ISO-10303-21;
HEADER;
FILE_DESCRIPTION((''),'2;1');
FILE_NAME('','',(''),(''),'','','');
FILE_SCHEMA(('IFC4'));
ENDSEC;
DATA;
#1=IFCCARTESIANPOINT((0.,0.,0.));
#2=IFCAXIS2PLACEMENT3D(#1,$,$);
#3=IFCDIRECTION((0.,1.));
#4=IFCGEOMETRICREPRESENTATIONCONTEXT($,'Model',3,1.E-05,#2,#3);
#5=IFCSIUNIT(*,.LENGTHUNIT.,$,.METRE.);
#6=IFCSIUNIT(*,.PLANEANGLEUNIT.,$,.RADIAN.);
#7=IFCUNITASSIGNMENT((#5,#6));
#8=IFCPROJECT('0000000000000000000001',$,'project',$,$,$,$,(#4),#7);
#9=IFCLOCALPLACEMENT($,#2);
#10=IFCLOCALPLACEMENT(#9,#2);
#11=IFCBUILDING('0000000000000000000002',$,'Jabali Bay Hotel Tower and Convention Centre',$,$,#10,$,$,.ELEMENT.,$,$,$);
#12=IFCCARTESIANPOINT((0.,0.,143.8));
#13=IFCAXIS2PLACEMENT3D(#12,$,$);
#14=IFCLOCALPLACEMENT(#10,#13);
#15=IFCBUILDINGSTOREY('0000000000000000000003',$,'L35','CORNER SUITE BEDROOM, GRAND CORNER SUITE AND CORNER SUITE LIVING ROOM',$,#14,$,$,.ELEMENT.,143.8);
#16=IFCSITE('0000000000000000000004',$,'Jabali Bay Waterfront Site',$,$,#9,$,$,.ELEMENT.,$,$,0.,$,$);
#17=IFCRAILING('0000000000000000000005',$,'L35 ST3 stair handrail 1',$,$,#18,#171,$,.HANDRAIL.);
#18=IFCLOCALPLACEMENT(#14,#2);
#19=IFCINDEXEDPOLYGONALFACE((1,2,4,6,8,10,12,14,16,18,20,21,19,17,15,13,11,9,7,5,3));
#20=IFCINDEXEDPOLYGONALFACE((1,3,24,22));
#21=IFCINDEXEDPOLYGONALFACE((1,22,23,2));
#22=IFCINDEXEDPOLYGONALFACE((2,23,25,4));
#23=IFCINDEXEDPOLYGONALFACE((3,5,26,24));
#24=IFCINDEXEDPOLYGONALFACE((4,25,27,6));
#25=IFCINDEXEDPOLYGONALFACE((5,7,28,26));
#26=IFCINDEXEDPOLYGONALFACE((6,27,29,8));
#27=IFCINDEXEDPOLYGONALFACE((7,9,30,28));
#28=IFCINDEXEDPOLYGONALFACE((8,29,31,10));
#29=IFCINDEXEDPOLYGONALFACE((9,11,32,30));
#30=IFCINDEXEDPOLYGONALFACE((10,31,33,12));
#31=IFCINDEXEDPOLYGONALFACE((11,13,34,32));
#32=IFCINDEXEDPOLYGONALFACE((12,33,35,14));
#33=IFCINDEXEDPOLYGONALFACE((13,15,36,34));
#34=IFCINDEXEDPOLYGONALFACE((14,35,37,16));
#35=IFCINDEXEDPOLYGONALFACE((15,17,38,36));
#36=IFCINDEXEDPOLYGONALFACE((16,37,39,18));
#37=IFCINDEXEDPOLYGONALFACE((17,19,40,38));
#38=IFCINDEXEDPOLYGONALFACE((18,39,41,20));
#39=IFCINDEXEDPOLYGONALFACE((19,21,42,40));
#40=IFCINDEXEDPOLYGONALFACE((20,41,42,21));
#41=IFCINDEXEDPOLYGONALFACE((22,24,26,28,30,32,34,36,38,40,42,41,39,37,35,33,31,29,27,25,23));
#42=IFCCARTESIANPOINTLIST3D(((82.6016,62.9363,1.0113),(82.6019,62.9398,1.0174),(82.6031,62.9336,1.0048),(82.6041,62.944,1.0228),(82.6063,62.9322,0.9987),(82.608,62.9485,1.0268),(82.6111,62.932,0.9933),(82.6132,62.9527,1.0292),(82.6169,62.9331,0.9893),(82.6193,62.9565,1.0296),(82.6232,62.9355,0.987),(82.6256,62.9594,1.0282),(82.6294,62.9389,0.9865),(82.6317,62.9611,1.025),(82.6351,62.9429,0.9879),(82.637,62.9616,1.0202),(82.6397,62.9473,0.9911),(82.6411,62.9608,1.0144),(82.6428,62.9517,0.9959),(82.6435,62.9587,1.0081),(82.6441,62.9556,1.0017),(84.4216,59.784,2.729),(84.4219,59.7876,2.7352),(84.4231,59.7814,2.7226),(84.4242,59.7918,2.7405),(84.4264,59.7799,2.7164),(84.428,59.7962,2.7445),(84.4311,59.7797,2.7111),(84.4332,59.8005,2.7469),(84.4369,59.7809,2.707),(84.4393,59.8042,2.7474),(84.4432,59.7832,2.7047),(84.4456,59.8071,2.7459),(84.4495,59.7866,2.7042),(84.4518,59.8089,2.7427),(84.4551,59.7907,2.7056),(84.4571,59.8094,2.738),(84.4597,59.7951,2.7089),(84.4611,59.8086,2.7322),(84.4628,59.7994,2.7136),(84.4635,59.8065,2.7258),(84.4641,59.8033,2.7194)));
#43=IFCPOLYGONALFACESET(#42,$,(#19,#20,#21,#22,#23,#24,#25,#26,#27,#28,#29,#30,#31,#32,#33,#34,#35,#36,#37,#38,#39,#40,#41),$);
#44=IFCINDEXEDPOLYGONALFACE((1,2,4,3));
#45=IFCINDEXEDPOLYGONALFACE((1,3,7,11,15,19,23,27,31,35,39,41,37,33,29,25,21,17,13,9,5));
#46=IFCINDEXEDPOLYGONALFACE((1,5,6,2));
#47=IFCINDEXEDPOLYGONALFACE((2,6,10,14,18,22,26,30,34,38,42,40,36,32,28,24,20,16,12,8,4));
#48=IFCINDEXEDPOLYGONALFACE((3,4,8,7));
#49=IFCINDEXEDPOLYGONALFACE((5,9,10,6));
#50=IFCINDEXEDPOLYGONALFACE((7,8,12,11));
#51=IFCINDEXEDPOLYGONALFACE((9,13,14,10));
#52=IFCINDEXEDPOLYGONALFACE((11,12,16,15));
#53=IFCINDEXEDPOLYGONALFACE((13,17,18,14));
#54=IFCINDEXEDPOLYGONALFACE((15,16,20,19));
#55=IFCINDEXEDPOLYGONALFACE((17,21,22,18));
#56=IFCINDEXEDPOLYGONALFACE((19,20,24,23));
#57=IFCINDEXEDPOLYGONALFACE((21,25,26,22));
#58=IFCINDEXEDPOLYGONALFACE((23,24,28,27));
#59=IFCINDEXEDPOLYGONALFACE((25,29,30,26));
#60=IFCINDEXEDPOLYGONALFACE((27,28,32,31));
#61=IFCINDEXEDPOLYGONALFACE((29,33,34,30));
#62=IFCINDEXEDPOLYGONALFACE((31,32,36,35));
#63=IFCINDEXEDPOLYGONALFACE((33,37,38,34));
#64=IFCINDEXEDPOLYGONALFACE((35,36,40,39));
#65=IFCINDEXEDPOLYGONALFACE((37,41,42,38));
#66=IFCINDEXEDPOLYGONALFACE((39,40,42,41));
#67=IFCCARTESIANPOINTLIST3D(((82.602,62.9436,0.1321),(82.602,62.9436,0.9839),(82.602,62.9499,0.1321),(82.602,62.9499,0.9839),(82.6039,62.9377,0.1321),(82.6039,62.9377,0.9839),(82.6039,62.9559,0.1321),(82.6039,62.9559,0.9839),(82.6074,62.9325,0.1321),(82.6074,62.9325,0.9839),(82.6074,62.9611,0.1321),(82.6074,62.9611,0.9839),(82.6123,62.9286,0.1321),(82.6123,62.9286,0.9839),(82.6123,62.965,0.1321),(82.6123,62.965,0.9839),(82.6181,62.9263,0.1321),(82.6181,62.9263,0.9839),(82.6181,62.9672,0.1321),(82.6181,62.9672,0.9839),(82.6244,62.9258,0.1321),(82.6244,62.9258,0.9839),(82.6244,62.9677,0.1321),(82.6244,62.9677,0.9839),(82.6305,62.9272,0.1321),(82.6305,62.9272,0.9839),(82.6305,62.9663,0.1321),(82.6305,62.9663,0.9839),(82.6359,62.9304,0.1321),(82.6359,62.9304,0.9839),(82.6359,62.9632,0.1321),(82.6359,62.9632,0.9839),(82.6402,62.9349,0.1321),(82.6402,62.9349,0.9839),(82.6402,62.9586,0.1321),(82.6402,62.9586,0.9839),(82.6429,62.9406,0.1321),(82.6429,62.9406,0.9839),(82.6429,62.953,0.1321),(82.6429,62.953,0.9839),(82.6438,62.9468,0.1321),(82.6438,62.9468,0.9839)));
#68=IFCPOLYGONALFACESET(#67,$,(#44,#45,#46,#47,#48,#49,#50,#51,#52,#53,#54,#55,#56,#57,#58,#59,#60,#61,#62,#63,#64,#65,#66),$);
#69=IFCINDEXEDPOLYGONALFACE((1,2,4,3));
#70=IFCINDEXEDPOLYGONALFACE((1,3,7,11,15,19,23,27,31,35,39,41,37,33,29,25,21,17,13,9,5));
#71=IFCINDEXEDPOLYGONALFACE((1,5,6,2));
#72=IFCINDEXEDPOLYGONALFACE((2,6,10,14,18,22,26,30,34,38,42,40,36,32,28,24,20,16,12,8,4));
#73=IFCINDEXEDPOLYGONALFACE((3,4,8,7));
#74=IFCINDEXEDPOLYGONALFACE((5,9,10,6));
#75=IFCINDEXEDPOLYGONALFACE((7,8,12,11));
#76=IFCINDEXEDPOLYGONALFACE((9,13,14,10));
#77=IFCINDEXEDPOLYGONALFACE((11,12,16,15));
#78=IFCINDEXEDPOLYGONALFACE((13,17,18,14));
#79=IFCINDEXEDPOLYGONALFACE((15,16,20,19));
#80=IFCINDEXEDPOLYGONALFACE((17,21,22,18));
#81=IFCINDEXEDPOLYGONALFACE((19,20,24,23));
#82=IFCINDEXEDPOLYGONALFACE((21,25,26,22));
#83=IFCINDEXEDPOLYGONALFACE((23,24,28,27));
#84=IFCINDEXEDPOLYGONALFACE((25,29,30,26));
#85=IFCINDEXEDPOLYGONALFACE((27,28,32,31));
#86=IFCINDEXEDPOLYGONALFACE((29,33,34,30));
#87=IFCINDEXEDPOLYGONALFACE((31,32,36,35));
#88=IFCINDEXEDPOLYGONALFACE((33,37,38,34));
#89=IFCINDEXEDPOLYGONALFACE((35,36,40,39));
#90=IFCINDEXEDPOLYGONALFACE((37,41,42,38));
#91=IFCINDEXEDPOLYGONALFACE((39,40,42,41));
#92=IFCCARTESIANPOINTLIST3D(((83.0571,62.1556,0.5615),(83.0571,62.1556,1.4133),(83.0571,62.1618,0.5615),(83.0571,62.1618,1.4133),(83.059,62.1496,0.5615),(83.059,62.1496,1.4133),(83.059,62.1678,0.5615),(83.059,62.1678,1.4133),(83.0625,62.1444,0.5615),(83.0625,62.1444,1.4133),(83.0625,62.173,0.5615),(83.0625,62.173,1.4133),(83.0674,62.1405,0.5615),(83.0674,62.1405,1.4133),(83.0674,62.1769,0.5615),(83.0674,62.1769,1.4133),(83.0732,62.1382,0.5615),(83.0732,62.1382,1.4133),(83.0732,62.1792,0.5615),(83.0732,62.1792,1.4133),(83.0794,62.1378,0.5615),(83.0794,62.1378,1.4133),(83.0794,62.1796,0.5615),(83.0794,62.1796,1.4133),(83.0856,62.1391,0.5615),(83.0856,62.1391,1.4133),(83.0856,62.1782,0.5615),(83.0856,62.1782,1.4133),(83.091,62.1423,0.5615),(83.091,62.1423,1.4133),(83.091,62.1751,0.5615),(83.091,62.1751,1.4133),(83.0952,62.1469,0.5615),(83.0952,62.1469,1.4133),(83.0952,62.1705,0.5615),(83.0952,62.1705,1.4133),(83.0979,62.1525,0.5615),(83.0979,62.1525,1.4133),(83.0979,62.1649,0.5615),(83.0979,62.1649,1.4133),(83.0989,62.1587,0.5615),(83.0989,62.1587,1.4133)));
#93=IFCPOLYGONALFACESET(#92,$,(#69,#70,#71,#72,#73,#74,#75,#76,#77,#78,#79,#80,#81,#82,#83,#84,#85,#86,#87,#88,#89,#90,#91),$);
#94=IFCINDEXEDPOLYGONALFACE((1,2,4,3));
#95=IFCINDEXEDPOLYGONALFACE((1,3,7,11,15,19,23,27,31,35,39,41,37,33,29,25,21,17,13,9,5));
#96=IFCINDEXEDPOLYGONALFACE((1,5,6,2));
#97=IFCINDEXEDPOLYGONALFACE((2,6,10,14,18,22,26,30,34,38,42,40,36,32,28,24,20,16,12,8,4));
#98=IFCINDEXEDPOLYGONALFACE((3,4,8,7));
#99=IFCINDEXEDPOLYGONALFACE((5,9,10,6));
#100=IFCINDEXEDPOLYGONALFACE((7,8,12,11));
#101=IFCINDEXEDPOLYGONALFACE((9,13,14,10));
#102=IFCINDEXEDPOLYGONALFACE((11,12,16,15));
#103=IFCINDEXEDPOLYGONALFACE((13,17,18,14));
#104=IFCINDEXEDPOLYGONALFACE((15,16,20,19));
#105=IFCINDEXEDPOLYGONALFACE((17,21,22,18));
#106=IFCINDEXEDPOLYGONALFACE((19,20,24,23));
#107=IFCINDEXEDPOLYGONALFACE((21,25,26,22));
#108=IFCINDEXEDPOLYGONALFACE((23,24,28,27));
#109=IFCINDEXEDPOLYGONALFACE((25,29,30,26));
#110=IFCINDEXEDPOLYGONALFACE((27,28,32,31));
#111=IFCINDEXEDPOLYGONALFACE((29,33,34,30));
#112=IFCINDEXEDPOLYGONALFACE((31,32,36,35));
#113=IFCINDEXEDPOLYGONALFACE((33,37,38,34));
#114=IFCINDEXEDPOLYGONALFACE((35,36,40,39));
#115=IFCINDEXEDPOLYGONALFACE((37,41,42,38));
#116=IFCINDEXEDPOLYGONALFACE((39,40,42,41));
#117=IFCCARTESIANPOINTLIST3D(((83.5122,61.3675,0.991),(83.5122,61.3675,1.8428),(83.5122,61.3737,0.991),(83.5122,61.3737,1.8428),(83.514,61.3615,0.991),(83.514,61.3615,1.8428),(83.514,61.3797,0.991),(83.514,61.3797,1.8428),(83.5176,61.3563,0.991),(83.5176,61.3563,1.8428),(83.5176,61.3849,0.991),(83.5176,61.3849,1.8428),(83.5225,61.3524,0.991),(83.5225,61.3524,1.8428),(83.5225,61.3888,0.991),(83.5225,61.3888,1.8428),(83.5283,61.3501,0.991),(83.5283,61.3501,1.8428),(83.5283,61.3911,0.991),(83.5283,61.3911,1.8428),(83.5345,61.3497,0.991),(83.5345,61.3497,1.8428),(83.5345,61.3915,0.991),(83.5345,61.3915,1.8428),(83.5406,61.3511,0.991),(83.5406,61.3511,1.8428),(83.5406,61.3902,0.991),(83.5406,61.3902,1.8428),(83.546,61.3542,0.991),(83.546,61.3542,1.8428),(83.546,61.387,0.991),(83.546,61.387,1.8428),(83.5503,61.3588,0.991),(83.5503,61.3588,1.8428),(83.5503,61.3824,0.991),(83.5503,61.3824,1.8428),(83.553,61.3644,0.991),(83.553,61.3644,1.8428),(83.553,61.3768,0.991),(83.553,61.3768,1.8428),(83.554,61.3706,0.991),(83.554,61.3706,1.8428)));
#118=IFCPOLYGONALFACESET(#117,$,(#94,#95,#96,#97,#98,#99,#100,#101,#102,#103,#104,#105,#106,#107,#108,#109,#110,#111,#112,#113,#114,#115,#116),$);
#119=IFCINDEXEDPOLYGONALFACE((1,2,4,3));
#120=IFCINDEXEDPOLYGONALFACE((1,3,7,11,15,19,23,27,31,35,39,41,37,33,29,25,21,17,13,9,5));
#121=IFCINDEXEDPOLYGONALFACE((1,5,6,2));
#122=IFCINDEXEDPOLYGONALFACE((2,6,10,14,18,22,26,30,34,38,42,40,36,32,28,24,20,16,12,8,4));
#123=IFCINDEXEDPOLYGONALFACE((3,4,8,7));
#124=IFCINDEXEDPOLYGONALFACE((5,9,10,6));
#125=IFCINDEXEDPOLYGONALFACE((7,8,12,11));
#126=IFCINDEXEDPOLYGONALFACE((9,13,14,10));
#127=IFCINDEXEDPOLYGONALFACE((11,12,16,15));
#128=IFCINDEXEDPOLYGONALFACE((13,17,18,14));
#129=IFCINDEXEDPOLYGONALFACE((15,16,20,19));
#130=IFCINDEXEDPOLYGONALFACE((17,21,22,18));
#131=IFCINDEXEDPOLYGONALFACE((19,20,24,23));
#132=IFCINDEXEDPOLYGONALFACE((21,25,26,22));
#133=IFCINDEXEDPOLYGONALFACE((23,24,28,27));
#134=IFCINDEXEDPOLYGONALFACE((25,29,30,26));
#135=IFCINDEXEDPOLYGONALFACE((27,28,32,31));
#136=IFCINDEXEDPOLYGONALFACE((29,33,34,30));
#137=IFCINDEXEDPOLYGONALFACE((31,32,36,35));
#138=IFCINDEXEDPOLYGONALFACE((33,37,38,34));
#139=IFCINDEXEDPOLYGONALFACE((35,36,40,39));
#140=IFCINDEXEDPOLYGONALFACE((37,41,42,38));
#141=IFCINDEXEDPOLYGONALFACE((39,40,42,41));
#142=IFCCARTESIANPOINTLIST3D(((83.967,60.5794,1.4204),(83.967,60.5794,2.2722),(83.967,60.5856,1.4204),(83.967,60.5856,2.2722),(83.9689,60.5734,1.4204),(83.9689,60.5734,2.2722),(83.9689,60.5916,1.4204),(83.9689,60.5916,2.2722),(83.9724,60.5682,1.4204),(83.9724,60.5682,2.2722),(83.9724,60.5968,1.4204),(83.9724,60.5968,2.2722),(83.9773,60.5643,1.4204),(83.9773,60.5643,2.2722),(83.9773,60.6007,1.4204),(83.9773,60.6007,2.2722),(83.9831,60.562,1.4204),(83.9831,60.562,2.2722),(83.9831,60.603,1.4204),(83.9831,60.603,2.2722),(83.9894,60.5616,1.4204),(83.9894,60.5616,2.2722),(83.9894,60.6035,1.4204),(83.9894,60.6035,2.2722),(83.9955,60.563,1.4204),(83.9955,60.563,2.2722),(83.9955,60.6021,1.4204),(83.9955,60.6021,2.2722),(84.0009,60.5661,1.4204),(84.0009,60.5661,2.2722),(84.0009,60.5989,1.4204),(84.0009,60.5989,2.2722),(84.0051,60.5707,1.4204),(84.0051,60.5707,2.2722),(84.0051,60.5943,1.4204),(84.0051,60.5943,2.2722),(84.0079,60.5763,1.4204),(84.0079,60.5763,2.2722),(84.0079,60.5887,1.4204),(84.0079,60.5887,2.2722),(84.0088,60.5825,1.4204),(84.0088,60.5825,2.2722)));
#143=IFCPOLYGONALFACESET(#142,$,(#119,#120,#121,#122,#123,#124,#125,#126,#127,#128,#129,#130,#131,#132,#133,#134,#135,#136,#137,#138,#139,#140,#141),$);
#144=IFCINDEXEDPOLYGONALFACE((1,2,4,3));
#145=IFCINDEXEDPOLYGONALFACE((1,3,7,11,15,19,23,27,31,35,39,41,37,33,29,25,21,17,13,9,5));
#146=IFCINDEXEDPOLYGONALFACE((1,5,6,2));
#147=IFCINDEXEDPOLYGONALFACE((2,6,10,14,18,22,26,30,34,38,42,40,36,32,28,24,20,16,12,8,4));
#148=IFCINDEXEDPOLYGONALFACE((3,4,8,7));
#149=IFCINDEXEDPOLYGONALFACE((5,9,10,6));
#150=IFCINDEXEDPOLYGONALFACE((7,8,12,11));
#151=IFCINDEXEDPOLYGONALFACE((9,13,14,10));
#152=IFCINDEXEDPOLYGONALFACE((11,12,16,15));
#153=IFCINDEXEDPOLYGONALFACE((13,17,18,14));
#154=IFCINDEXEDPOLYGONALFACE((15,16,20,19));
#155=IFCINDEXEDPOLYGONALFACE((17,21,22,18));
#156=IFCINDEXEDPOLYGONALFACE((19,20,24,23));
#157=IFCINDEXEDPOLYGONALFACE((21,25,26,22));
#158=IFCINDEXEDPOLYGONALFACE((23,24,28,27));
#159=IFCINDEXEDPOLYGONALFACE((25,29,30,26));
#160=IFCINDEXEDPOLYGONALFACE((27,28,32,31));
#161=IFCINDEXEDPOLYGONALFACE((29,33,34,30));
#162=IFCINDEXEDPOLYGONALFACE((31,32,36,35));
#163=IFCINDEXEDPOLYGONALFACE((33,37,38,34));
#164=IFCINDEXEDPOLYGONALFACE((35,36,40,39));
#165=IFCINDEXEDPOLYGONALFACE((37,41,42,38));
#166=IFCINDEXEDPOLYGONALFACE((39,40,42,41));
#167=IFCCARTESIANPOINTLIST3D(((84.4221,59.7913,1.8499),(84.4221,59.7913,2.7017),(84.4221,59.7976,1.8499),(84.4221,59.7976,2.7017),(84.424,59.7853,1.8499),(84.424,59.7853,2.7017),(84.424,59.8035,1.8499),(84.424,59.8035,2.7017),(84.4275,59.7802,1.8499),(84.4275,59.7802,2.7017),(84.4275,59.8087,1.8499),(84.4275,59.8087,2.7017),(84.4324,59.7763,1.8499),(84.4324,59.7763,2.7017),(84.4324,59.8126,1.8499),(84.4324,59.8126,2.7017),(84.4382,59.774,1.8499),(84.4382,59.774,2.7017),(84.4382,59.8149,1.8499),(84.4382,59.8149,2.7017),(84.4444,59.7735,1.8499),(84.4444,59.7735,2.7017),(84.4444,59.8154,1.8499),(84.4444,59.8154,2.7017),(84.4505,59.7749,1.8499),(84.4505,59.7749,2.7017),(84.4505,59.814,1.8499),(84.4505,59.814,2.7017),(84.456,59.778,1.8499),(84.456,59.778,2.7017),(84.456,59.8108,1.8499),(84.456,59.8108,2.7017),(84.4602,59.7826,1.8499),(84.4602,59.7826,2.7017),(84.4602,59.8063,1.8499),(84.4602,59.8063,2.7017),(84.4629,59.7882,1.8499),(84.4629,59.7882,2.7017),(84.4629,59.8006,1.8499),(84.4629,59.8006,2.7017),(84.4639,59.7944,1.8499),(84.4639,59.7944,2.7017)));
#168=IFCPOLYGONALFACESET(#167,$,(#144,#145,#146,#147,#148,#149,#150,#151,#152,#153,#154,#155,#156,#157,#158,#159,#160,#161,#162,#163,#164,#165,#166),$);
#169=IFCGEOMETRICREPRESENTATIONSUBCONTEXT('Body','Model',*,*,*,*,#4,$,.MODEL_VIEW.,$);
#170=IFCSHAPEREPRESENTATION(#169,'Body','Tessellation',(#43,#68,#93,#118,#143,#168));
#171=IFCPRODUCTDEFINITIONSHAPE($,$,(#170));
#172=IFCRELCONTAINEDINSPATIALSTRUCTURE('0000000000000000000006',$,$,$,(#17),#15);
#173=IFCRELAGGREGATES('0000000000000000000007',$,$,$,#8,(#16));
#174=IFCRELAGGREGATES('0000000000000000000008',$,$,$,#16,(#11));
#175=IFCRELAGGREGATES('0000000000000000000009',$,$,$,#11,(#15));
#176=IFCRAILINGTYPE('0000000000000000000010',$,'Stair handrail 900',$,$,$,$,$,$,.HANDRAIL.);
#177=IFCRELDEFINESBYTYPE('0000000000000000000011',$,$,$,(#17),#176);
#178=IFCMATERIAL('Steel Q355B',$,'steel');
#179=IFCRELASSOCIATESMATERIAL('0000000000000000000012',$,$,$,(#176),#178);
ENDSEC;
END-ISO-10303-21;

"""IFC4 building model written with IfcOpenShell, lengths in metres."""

from ifc_helpers import new_model, si_unit, direction, frame, origin, origin_2d, place, context, subcontext, project, spatial, circle, extrude, material, type_object, element, save


model = new_model("IFC4")

# Units and contexts
model_context = context("Model", 3, precision=1e-05, world=origin(), true_north=direction((0.0, 1.0)))
body_context = subcontext(model_context, "Body", "Model", "MODEL_VIEW")
ifc_project = project(units=[si_unit("LENGTHUNIT", "METRE"), si_unit("PLANEANGLEUNIT", "RADIAN")], contexts=[model_context])

# Site, building, storey
site_placement = place(None, origin())
site = spatial("IfcSite", under=ifc_project, at=site_placement, Name="Jabali Bay Waterfront Site", CompositionType="ELEMENT", RefElevation=0.0)
building_placement = place(site_placement, origin())
building = spatial("IfcBuilding", under=site, at=building_placement, Name="Jabali Bay Hotel Tower and Convention Centre", CompositionType="ELEMENT")
storey_placement = place(building_placement, frame((0.0, 0.0, 143.8)))
storey = spatial("IfcBuildingStorey", under=building, at=storey_placement, Name="L35", Description="CORNER SUITE BEDROOM, GRAND CORNER SUITE AND CORNER SUITE LIVING ROOM", CompositionType="ELEMENT", Elevation=143.8)

# Railing
ifc_material_1 = material(Name="Steel Q355B", Category="steel")
railing_type_1 = type_object("IfcRailingType", Name="Stair handrail 900", PredefinedType="HANDRAIL", material=ifc_material_1)
railing_1_placement = place(storey_placement, frame((82.6228, 62.9468, 0.1321)))
element("IfcRailing", 1, at=railing_1_placement, inside=storey, type_object=railing_type_1, Name="L35 ST3 stair handrail 1", PredefinedType="HANDRAIL", context=body_context, shape_type="SweptSolid", body=[
    extrude(circle(Radius=0.0239, at=origin_2d()), frame((0.0, 0.0, 0.876), z_axis=(0.45219, -0.78319, 0.426775), x_axis=(0.866018, 0.500013, 0.0)), (0.0, 0.0, 1.0), 4.0249),
    extrude(circle(Radius=0.021, at=origin_2d()), origin(), (0.0, 0.0, 1.0), 0.8518),
    extrude(circle(Radius=0.021, at=origin_2d()), frame((0.4551, -0.7881, 0.4294)), (0.0, 0.0, 1.0), 0.8518),
    extrude(circle(Radius=0.021, at=origin_2d()), frame((0.9102, -1.5762, 0.8589)), (0.0, 0.0, 1.0), 0.8518),
    extrude(circle(Radius=0.021, at=origin_2d()), frame((1.365, -2.3643, 1.2883)), (0.0, 0.0, 1.0), 0.8518),
    extrude(circle(Radius=0.021, at=origin_2d()), frame((1.8201, -3.1523, 1.7178)), (0.0, 0.0, 1.0), 0.8518),
])

save(model, "model.ifc")
